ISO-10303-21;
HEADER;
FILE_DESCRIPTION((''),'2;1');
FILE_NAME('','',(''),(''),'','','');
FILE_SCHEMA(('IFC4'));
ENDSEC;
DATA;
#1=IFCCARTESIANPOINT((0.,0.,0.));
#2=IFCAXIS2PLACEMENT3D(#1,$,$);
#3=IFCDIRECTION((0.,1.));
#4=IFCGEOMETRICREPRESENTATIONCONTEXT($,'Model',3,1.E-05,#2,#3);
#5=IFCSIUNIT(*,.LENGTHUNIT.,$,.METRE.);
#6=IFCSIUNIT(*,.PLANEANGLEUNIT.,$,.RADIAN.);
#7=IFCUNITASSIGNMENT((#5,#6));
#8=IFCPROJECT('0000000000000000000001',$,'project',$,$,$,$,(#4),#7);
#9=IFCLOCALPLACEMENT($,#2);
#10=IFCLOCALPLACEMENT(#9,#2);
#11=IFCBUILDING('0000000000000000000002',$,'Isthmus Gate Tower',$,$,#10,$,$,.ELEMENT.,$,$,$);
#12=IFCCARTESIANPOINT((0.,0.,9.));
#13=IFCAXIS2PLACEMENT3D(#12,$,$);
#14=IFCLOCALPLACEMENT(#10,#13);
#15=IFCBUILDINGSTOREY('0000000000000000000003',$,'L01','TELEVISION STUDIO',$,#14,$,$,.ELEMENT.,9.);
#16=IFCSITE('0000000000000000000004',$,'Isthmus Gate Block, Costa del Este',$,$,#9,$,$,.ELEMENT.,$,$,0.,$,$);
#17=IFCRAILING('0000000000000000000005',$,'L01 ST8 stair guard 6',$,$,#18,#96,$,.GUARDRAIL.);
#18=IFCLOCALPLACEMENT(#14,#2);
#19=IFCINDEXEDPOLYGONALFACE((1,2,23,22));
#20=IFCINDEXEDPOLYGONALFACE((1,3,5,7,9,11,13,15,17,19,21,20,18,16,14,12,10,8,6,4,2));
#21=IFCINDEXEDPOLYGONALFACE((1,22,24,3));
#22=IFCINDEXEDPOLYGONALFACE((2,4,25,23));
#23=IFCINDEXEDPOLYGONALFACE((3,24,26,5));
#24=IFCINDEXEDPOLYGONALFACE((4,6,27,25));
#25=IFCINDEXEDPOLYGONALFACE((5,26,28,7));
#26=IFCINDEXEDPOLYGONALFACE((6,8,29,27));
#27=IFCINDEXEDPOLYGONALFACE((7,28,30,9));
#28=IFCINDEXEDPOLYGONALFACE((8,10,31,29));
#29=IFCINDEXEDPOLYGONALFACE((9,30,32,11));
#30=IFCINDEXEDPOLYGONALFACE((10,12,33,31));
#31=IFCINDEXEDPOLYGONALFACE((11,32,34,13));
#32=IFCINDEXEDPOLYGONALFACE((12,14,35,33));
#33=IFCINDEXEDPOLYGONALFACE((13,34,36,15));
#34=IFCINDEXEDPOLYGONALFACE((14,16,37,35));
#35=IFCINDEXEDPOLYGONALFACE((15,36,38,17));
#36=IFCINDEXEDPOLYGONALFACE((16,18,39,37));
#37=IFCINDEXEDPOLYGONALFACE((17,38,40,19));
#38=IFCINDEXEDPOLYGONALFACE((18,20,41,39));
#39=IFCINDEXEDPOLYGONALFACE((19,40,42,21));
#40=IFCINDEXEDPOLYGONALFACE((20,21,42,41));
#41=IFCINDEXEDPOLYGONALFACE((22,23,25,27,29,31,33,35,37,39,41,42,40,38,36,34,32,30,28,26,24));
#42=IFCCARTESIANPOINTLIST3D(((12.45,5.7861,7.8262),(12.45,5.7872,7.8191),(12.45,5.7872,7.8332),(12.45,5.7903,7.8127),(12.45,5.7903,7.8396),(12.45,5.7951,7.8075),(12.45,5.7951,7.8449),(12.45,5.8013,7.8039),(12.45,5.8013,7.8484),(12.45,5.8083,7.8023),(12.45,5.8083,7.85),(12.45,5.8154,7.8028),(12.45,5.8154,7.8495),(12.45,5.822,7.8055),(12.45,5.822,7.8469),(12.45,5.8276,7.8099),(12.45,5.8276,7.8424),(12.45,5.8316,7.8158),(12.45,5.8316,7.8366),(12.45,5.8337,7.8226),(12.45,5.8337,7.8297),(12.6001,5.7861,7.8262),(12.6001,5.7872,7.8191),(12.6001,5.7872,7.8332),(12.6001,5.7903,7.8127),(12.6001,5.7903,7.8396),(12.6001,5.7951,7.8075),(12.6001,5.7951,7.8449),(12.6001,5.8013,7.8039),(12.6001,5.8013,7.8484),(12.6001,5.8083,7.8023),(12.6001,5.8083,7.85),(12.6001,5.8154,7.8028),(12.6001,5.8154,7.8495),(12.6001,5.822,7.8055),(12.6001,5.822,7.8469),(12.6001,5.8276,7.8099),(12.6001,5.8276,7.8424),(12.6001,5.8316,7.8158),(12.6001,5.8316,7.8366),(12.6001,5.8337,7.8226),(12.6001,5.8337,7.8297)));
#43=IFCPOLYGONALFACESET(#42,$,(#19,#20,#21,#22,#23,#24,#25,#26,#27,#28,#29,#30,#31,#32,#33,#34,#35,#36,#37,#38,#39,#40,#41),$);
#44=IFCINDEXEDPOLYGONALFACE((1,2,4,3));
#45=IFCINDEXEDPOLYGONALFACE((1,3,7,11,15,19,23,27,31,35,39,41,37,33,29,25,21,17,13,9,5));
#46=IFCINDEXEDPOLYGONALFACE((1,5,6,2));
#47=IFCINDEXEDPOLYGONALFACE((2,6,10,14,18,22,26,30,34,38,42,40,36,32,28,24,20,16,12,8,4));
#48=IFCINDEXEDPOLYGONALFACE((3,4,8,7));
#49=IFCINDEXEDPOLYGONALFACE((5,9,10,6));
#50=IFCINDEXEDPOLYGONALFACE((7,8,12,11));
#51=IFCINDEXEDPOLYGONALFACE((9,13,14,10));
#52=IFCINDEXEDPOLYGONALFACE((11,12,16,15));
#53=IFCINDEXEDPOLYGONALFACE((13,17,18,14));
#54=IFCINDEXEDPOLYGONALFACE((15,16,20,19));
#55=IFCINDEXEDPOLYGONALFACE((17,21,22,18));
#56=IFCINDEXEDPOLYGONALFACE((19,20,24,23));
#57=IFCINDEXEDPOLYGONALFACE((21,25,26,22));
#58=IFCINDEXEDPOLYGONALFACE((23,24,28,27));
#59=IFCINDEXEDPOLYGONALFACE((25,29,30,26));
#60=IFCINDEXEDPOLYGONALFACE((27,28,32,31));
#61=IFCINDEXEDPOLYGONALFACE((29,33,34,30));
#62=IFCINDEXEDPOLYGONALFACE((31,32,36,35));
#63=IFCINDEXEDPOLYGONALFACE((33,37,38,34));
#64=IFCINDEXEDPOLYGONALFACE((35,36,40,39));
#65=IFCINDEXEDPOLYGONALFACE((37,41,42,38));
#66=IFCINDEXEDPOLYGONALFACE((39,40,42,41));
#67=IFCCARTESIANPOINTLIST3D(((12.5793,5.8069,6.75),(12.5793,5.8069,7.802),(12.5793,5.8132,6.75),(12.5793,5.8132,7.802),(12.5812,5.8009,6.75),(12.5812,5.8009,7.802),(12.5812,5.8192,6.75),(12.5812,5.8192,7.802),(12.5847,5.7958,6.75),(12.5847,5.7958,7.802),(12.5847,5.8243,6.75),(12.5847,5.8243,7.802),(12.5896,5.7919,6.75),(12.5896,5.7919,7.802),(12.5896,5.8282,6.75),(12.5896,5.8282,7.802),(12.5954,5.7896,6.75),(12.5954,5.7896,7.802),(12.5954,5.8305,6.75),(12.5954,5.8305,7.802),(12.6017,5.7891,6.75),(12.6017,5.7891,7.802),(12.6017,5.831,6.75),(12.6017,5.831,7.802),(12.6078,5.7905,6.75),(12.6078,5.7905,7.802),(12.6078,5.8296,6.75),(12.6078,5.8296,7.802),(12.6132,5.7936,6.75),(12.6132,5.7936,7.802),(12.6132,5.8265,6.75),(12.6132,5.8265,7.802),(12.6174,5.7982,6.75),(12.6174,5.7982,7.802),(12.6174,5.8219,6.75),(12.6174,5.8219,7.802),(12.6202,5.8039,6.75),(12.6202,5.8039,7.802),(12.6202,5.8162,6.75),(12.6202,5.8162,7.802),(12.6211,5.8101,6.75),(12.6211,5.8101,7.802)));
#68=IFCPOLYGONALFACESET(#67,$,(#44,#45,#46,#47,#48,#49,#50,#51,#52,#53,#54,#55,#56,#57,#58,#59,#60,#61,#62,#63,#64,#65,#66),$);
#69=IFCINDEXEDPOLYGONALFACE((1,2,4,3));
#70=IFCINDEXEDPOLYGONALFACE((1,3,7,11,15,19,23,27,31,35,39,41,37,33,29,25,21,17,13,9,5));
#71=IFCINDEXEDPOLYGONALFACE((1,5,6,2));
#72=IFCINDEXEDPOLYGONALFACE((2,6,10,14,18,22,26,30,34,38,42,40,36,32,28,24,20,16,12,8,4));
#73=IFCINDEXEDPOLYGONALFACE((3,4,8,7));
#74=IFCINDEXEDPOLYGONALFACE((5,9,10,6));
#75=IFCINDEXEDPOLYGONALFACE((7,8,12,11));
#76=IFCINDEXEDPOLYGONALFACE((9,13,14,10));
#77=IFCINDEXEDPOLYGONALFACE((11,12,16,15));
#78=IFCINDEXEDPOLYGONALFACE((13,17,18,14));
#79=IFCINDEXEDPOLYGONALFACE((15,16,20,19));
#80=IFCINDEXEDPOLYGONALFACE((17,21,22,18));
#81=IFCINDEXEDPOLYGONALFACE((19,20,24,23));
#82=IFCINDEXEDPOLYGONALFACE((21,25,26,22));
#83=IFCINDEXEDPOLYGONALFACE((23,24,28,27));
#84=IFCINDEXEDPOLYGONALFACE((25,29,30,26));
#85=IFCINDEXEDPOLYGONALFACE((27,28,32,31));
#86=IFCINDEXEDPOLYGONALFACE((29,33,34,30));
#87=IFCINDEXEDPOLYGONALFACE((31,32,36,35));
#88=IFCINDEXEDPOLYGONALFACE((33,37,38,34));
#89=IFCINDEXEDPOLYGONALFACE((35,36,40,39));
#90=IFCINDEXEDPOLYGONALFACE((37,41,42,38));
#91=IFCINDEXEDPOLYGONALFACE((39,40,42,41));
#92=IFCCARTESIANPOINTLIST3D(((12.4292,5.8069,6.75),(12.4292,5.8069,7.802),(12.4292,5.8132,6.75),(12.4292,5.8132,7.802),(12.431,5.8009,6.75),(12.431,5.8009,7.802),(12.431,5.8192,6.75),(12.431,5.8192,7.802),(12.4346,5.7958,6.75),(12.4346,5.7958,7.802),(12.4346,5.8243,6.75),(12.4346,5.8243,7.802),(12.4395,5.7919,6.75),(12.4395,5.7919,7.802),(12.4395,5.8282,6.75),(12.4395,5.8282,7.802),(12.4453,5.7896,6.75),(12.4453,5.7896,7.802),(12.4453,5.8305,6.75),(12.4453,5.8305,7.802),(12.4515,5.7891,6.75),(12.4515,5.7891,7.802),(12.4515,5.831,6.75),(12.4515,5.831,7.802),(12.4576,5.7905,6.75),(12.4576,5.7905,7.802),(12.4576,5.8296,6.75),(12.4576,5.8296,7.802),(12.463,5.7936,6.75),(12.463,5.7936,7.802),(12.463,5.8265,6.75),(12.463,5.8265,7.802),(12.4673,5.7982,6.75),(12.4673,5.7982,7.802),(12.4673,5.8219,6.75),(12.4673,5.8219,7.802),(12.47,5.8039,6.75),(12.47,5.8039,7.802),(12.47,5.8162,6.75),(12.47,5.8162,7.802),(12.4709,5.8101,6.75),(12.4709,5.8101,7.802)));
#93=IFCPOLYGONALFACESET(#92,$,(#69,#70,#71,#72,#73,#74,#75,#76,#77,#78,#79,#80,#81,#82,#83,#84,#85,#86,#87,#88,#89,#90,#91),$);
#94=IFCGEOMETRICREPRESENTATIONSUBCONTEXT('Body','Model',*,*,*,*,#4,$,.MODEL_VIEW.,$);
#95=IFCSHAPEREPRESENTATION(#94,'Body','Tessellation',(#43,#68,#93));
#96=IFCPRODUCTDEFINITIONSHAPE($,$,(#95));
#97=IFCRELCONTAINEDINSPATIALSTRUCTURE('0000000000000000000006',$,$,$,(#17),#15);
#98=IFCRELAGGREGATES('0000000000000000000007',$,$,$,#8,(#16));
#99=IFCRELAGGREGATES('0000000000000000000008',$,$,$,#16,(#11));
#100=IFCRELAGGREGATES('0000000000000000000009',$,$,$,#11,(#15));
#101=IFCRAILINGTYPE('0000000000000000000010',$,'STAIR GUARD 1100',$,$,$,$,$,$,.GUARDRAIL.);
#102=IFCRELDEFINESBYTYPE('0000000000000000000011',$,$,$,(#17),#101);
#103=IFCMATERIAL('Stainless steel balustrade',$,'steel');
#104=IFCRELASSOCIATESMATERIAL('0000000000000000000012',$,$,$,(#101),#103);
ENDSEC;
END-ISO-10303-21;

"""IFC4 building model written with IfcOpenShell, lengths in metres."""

from ifc_helpers import new_model, si_unit, direction, frame, origin, origin_2d, place, context, subcontext, project, spatial, circle, extrude, material, type_object, element, save


model = new_model("IFC4")

# Units and contexts
model_context = context("Model", 3, precision=1e-05, world=origin(), true_north=direction((0.0, 1.0)))
body_context = subcontext(model_context, "Body", "Model", "MODEL_VIEW")
ifc_project = project(units=[si_unit("LENGTHUNIT", "METRE"), si_unit("PLANEANGLEUNIT", "RADIAN")], contexts=[model_context])

# Site, building, storey
site_placement = place(None, origin())
site = spatial("IfcSite", under=ifc_project, at=site_placement, Name="Isthmus Gate Block, Costa del Este", CompositionType="ELEMENT", RefElevation=0.0)
building_placement = place(site_placement, origin())
building = spatial("IfcBuilding", under=site, at=building_placement, Name="Isthmus Gate Tower", CompositionType="ELEMENT")
storey_placement = place(building_placement, frame((0.0, 0.0, 9.0)))
storey = spatial("IfcBuildingStorey", under=building, at=storey_placement, Name="L01", Description="TELEVISION STUDIO", CompositionType="ELEMENT", Elevation=9.0)

# Railing
ifc_material_1 = material(Name="Stainless steel balustrade", Category="steel")
railing_type_1 = type_object("IfcRailingType", Name="STAIR GUARD 1100", PredefinedType="GUARDRAIL", material=ifc_material_1)
railing_1_placement = place(storey_placement, frame((12.6001, 5.8101, 6.75)))
element("IfcRailing", 1, at=railing_1_placement, inside=storey, type_object=railing_type_1, Name="L01 ST8 stair guard 6", PredefinedType="GUARDRAIL", context=body_context, shape_type="SweptSolid", body=[
    extrude(circle(Radius=0.0239, at=origin_2d()), frame((0.0, 0.0, 1.0762), z_axis=(-1.0, 0.0, 0.0), x_axis=(0.0, -1.0, 0.0)), (0.0, 0.0, 1.0), 0.1501),
    extrude(circle(Radius=0.021, at=origin_2d()), origin(), (0.0, 0.0, 1.0), 1.052),
    extrude(circle(Radius=0.021, at=origin_2d()), frame((-0.1501, 0.0, 0.0)), (0.0, 0.0, 1.0), 1.052),
])

save(model, "model.ifc")
